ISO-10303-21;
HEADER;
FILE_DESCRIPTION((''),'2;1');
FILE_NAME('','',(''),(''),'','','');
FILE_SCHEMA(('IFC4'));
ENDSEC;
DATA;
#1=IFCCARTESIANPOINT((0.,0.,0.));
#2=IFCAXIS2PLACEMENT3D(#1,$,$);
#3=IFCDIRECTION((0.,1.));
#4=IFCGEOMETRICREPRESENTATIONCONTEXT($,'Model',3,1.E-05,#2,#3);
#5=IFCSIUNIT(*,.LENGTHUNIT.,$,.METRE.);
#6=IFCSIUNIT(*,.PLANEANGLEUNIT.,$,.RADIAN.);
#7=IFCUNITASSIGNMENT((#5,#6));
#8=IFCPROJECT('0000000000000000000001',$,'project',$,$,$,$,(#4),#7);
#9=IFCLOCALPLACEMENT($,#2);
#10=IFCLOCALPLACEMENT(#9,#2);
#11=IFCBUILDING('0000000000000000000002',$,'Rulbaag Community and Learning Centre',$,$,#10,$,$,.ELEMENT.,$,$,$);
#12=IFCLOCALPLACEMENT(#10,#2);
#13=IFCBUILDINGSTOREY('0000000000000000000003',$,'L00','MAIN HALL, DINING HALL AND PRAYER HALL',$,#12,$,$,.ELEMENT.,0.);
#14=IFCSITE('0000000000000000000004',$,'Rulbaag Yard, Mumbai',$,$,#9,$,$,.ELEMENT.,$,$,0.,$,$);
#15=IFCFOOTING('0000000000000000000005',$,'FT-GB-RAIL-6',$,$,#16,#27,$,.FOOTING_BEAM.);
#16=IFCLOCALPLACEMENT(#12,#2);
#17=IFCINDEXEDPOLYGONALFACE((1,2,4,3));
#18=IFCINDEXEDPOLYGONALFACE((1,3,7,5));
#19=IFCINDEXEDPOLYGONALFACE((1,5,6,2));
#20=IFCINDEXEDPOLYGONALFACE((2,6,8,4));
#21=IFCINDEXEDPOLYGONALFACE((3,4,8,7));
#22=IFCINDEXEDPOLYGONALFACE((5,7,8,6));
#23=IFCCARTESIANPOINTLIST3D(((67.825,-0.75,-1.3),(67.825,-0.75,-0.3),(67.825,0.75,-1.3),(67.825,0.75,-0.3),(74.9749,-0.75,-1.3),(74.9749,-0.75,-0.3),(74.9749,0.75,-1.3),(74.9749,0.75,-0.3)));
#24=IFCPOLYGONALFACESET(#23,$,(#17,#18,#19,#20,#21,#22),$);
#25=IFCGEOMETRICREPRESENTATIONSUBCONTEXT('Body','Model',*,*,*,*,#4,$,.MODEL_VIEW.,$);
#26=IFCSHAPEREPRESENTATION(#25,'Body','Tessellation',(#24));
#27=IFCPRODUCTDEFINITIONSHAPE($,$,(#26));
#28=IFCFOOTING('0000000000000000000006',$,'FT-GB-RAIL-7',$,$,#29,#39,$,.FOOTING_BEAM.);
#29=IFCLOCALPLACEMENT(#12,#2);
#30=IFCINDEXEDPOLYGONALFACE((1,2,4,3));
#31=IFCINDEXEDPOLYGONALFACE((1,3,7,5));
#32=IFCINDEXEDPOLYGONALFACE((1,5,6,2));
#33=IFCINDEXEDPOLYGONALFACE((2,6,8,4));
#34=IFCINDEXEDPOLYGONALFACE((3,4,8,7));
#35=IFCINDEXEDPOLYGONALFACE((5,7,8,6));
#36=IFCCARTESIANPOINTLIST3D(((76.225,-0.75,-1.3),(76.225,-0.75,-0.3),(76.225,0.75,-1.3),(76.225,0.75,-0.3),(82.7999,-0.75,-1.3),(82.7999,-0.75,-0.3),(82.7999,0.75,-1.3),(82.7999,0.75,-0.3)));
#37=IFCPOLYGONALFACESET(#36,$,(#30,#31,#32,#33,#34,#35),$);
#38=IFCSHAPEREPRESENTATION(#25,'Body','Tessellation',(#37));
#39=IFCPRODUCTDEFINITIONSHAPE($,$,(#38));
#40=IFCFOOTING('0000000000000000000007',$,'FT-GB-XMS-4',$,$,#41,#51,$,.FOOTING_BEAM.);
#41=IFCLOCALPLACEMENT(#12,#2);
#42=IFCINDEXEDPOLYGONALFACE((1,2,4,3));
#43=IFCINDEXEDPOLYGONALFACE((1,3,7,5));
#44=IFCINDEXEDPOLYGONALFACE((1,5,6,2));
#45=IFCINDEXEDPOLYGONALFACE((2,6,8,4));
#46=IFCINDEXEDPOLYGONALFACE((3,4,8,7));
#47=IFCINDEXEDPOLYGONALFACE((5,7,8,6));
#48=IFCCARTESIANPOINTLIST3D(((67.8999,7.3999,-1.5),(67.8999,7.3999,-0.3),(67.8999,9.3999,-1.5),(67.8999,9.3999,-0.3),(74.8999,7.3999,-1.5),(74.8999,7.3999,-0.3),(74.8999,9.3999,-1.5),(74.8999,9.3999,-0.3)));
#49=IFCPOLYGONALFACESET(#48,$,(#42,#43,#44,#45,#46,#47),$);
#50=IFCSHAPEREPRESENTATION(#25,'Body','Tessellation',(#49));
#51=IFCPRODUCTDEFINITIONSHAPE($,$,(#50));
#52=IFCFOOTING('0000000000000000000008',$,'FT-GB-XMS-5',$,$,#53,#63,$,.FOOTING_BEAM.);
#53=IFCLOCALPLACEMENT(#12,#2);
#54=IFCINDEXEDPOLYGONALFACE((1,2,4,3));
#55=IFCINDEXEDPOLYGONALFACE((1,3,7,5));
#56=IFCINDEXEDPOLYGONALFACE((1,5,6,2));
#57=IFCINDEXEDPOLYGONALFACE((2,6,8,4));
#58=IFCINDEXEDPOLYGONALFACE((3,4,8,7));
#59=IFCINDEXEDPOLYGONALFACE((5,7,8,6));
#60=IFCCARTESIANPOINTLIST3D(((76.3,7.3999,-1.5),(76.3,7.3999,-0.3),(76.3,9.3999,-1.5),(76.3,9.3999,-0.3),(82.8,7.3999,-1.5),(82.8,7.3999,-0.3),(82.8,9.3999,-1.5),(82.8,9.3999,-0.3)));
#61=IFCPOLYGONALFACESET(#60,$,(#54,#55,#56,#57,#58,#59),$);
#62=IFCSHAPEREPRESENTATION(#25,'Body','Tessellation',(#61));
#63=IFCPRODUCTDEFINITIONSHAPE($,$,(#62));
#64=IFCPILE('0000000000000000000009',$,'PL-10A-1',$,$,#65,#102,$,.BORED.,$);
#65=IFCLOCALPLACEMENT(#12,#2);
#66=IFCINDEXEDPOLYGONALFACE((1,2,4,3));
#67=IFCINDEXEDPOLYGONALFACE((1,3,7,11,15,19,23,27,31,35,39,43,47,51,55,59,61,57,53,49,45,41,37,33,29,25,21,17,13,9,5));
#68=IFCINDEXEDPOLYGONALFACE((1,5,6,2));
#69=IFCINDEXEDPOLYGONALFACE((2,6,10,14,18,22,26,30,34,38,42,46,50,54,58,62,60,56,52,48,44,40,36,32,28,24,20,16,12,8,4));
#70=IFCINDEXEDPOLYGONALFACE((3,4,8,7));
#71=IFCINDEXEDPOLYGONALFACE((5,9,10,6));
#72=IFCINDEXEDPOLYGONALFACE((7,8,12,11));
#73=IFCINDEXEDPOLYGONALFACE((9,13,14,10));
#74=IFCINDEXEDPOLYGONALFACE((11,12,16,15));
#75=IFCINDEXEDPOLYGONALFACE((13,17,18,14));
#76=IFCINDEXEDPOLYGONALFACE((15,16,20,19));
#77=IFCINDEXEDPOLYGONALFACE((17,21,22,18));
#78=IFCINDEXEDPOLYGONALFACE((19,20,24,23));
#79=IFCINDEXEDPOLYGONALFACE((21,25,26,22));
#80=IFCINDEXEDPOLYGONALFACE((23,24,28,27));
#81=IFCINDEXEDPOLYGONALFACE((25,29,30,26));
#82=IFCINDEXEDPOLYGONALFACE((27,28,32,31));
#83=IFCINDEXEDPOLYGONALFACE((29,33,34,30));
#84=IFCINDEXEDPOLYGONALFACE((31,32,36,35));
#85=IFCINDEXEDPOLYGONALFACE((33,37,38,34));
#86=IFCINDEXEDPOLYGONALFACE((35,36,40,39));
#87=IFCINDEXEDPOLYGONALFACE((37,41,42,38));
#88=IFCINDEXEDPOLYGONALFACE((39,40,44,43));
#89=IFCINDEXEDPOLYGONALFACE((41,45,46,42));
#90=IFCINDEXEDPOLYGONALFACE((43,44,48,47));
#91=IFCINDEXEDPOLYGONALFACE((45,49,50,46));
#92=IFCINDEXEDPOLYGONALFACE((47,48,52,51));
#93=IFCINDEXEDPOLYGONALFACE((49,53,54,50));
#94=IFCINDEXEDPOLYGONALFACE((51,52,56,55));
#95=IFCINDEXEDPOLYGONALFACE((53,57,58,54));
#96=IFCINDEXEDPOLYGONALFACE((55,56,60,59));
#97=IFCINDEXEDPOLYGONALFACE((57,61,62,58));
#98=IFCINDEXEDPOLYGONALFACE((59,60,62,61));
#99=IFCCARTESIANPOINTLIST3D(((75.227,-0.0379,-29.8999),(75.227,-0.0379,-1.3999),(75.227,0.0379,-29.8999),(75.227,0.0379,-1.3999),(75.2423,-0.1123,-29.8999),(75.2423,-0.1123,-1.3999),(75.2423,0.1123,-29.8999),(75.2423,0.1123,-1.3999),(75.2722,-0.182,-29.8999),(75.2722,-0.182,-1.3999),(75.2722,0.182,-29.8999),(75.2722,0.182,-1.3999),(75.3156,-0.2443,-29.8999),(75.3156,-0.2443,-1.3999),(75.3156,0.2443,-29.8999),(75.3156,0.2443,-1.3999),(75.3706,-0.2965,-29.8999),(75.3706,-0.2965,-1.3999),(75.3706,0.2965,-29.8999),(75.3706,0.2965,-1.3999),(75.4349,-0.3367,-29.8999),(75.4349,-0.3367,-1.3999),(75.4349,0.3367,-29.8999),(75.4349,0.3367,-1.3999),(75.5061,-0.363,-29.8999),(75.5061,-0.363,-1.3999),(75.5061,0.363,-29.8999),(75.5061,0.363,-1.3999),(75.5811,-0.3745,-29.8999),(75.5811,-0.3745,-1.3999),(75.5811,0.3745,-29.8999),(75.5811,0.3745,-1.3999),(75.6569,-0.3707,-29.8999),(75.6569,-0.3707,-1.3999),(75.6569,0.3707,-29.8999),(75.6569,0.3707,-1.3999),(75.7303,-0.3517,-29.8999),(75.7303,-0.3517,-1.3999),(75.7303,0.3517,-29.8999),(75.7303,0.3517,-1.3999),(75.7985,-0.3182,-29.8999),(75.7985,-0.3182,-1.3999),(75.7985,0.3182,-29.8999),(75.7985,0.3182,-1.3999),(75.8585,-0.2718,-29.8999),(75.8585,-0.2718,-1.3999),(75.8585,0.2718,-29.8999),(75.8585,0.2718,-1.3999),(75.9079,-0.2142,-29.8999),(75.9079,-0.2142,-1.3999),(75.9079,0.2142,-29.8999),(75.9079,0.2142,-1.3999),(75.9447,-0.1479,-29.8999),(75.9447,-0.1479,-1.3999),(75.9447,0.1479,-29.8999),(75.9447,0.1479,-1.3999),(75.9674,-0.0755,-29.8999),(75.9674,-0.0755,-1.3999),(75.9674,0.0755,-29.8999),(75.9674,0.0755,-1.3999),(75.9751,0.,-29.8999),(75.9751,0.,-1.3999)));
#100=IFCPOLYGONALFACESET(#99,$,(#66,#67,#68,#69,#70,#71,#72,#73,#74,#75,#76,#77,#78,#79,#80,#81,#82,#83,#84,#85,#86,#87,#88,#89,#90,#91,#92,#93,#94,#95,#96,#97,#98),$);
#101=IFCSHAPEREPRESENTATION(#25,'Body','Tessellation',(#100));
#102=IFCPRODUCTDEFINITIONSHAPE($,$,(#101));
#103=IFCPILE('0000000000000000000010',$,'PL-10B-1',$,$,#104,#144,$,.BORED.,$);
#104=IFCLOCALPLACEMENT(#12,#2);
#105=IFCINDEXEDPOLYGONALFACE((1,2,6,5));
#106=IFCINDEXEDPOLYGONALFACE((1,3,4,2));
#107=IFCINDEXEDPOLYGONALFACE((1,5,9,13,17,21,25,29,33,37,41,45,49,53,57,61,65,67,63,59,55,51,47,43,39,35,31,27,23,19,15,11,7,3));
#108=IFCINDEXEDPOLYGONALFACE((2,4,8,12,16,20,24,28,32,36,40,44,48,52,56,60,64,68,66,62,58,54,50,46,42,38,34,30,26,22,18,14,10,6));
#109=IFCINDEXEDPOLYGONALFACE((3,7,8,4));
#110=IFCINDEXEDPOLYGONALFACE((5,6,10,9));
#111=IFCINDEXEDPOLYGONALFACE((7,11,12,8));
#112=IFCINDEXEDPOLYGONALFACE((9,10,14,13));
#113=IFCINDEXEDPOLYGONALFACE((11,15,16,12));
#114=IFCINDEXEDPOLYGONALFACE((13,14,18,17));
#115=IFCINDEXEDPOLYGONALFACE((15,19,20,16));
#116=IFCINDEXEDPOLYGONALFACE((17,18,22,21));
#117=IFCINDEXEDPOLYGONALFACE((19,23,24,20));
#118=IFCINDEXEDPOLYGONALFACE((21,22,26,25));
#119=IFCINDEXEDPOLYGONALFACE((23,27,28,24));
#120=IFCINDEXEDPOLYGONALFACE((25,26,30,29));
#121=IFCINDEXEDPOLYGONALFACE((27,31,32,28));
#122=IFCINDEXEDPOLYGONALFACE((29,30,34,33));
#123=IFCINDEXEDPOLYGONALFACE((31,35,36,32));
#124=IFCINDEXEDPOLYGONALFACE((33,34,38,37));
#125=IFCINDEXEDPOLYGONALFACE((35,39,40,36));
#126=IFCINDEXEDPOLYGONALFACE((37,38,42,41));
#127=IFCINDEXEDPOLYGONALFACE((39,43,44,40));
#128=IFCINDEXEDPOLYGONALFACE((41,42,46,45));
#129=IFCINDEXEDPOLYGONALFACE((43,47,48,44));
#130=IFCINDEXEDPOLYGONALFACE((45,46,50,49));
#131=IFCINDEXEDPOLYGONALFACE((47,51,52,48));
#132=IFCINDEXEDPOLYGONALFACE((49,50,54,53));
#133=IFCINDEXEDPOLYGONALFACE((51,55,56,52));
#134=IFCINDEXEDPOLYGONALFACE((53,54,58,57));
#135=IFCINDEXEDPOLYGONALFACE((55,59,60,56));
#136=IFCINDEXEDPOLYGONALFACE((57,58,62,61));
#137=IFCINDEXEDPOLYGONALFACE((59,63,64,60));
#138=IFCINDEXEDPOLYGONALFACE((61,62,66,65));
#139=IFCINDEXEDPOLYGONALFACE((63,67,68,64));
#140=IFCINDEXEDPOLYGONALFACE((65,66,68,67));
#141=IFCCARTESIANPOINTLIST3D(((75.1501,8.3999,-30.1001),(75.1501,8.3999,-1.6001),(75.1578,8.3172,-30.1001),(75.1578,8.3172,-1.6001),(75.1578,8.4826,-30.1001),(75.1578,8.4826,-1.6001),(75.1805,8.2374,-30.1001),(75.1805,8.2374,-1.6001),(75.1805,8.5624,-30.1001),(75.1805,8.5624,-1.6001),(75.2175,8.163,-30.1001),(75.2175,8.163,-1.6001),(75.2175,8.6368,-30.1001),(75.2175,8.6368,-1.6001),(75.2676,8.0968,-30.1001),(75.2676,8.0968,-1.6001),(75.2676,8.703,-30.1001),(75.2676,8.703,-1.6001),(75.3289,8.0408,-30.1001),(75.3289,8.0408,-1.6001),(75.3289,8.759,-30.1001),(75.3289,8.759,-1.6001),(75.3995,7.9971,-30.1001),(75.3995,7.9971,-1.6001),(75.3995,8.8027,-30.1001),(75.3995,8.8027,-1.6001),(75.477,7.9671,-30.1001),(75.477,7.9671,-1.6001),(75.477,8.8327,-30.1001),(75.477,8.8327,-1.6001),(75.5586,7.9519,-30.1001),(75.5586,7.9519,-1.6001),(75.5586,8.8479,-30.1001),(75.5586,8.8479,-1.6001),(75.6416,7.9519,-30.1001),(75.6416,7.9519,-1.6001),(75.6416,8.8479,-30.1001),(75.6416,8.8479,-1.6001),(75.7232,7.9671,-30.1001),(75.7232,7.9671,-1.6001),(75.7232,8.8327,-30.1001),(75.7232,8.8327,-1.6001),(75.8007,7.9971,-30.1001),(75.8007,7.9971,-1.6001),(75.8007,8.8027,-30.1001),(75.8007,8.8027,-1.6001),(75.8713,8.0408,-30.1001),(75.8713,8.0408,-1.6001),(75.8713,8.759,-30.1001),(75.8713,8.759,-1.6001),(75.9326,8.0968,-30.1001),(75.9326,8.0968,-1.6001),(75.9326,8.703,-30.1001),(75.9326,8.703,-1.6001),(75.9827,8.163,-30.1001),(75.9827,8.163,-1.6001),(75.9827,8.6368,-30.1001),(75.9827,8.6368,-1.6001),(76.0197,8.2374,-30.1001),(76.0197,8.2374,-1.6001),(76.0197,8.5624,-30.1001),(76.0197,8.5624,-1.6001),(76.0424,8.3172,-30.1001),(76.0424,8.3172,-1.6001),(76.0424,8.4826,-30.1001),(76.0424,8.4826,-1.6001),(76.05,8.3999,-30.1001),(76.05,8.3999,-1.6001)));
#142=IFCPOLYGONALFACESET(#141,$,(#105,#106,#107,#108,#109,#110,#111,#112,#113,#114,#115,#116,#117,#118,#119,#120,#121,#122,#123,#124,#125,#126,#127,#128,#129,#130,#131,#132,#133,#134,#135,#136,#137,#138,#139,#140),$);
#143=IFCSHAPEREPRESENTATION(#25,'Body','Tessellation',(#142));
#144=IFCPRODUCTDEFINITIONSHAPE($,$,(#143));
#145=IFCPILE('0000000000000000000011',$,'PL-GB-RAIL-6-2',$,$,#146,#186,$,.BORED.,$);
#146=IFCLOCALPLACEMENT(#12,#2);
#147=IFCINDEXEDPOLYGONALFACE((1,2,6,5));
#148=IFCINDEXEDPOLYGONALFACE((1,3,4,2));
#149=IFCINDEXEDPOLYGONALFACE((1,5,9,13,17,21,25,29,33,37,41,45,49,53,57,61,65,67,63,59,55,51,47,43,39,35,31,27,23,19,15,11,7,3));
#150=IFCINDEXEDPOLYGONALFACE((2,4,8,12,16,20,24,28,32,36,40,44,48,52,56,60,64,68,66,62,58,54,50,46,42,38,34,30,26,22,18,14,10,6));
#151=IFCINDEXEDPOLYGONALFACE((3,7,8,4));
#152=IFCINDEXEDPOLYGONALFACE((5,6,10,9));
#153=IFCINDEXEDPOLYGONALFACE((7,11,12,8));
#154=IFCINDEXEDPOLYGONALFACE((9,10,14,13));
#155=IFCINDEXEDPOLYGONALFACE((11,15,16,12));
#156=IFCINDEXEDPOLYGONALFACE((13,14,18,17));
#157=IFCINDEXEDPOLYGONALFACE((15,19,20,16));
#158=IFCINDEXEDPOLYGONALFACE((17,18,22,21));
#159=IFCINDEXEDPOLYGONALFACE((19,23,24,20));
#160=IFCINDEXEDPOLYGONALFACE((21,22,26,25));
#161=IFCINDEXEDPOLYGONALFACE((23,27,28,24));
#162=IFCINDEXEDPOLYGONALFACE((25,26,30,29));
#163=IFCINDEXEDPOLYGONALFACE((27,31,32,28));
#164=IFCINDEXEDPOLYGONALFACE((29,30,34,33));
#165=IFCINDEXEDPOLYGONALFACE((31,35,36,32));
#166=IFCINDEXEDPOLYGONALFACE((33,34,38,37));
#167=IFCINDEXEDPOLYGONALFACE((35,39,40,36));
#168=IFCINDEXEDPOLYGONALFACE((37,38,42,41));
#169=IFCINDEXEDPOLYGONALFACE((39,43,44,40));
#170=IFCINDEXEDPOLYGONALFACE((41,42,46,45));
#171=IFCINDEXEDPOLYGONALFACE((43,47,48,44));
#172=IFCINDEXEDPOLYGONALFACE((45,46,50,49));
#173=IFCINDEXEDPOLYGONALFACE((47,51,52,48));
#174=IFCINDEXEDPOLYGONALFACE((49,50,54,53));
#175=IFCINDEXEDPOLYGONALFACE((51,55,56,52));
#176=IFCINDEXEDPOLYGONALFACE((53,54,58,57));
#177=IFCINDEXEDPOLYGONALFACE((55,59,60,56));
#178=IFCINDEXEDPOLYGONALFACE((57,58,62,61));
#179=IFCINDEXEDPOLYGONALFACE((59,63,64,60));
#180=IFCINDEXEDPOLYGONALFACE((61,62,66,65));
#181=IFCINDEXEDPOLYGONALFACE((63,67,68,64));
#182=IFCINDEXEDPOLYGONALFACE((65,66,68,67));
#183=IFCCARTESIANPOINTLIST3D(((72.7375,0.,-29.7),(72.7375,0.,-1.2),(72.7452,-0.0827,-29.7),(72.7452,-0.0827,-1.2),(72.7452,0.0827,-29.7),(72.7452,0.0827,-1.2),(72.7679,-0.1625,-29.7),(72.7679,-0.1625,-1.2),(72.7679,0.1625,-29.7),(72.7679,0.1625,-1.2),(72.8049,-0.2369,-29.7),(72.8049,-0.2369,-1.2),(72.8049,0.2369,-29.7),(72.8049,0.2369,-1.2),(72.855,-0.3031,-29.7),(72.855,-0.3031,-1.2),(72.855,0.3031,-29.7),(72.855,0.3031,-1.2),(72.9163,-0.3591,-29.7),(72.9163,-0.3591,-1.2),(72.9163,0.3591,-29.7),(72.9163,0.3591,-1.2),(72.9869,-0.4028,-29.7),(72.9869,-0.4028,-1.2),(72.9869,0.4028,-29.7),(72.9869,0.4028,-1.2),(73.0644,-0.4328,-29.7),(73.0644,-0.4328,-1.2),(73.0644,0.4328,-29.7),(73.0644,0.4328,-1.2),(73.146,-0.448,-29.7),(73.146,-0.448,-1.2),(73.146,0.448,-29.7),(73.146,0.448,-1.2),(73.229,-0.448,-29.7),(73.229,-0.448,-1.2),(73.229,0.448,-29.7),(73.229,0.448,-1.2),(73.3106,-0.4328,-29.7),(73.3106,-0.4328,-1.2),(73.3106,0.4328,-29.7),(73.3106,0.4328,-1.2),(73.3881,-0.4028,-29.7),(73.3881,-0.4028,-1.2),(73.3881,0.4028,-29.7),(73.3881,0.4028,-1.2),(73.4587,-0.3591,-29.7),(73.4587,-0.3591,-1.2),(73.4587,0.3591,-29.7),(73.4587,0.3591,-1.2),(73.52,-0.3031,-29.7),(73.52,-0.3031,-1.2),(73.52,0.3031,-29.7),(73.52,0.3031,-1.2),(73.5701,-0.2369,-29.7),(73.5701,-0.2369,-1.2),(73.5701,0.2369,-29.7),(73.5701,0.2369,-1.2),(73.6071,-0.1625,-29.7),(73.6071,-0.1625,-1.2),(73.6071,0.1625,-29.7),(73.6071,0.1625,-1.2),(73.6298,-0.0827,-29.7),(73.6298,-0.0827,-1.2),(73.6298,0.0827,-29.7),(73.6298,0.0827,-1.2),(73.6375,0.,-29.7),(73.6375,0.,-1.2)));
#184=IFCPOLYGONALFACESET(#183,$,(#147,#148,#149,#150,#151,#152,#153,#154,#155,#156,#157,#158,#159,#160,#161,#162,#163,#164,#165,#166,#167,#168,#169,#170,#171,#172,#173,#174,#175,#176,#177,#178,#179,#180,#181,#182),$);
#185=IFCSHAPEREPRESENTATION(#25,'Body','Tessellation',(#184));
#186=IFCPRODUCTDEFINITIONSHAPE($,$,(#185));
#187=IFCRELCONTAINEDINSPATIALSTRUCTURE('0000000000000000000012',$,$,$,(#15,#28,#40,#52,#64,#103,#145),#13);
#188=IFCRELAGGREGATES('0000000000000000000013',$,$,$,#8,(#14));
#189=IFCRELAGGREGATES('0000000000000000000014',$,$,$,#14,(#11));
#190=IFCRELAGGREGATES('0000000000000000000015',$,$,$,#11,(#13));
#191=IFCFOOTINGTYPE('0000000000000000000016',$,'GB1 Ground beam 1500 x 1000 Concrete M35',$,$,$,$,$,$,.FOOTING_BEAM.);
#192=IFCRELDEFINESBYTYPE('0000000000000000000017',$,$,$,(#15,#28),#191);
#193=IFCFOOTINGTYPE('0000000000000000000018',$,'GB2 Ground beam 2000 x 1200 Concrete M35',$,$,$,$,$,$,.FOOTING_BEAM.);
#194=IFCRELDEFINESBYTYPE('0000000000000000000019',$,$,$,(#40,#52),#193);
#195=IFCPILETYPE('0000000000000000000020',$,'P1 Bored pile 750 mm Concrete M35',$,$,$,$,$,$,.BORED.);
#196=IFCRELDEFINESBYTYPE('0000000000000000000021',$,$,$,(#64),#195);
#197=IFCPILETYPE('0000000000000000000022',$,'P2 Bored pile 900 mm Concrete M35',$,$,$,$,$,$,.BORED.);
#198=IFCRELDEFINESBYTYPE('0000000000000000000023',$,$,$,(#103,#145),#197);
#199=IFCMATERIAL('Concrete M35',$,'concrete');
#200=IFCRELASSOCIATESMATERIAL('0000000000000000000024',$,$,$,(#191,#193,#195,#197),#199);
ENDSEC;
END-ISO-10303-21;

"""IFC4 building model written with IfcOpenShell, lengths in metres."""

from ifc_helpers import new_model, si_unit, direction, frame, origin, origin_2d, place, context, subcontext, project, spatial, rectangle, circle, extrude, material, material_profile, profile_set, type_object, element, save


model = new_model("IFC4")

# Units and contexts
model_context = context("Model", 3, precision=1e-05, world=origin(), true_north=direction((0.0, 1.0)))
body_context = subcontext(model_context, "Body", "Model", "MODEL_VIEW")
ifc_project = project(units=[si_unit("LENGTHUNIT", "METRE"), si_unit("PLANEANGLEUNIT", "RADIAN")], contexts=[model_context])

# Site, building, storey
site_placement = place(None, origin())
site = spatial("IfcSite", under=ifc_project, at=site_placement, Name="Rulbaag Yard, Mumbai", CompositionType="ELEMENT", RefElevation=0.0)
building_placement = place(site_placement, origin())
building = spatial("IfcBuilding", under=site, at=building_placement, Name="Rulbaag Community and Learning Centre", CompositionType="ELEMENT")
storey_placement = place(building_placement, origin())
storey = spatial("IfcBuildingStorey", under=building, at=storey_placement, Name="L00", Description="MAIN HALL, DINING HALL AND PRAYER HALL", CompositionType="ELEMENT", Elevation=0.0)

# Footings
ifc_material_1 = material(Name="Concrete M35", Category="concrete")
footing_type_1 = type_object("IfcFootingType", Name="GB1 Ground beam 1500 x 1000 Concrete M35", PredefinedType="FOOTING_BEAM", material=ifc_material_1)
footing_1_placement = place(storey_placement, frame((71.3999, 0.0, -1.3), z_axis=(0.0, 0.0, 1.0), x_axis=(1.0, 0.0, 0.0)))
element("IfcFooting", 1, at=footing_1_placement, inside=storey, type_object=footing_type_1, Name="FT-GB-RAIL-6", PredefinedType="FOOTING_BEAM", context=body_context, shape_type="SweptSolid", body=[
    extrude(rectangle(XDim=7.1499, YDim=1.5, at=origin_2d()), origin(), (0.0, 0.0, 1.0), 1.0),
])
footing_2_placement = place(storey_placement, frame((79.5125, 0.0, -1.3), z_axis=(0.0, 0.0, 1.0), x_axis=(1.0, 0.0, 0.0)))
element("IfcFooting", 2, at=footing_2_placement, inside=storey, type_object=footing_type_1, Name="FT-GB-RAIL-7", PredefinedType="FOOTING_BEAM", context=body_context, shape_type="SweptSolid", body=[
    extrude(rectangle(XDim=6.575, YDim=1.5, at=origin_2d()), origin(), (0.0, 0.0, 1.0), 1.0),
])
footing_type_2 = type_object("IfcFootingType", Name="GB2 Ground beam 2000 x 1200 Concrete M35", PredefinedType="FOOTING_BEAM", material=ifc_material_1)
footing_3_placement = place(storey_placement, frame((71.3999, 8.3999, -1.5), z_axis=(0.0, 0.0, 1.0), x_axis=(1.0, 0.0, 0.0)))
element("IfcFooting", 3, at=footing_3_placement, inside=storey, type_object=footing_type_2, Name="FT-GB-XMS-4", PredefinedType="FOOTING_BEAM", context=body_context, shape_type="SweptSolid", body=[
    extrude(rectangle(XDim=7.0, YDim=2.0, at=origin_2d()), origin(), (0.0, 0.0, 1.0), 1.2),
])
footing_4_placement = place(storey_placement, frame((79.55, 8.3999, -1.5), z_axis=(0.0, 0.0, 1.0), x_axis=(1.0, 0.0, 0.0)))
element("IfcFooting", 4, at=footing_4_placement, inside=storey, type_object=footing_type_2, Name="FT-GB-XMS-5", PredefinedType="FOOTING_BEAM", context=body_context, shape_type="SweptSolid", body=[
    extrude(rectangle(XDim=6.5, YDim=2.0, at=origin_2d()), origin(), (0.0, 0.0, 1.0), 1.2),
])

# Piles
ifc_material_profile_1 = material_profile(ifc_material_1, circle(Radius=0.375, at=origin_2d()), Name="BP750")
ifc_profile_set_1 = profile_set([ifc_material_profile_1], Name="Concrete M35")
pile_type_1 = type_object("IfcPileType", Name="P1 Bored pile 750 mm Concrete M35", PredefinedType="BORED", material=ifc_profile_set_1)
pile_1_placement = place(storey_placement, frame((75.6001, 0.0, -1.3999), z_axis=(0.0, 0.0, -1.0), x_axis=(1.0, 0.0, 0.0)))
element("IfcPile", 5, at=pile_1_placement, inside=storey, type_object=pile_type_1, Name="PL-10A-1", PredefinedType="BORED", context=body_context, shape_type="SweptSolid", body=[
    extrude(circle(Radius=0.375, at=origin_2d()), origin(), (0.0, 0.0, 1.0), 28.5),
])
ifc_material_profile_2 = material_profile(ifc_material_1, circle(Radius=0.45, at=origin_2d()), Name="BP900")
ifc_profile_set_2 = profile_set([ifc_material_profile_2], Name="Concrete M35")
pile_type_2 = type_object("IfcPileType", Name="P2 Bored pile 900 mm Concrete M35", PredefinedType="BORED", material=ifc_profile_set_2)
for number, where, z_axis, x_axis, name in (
    (6, (75.6001, 8.3999, -1.6001), (0.0, 0.0, -1.0), (1.0, 0.0, 0.0), "PL-10B-1"),
    (7, (73.1875, 0.0, -1.2), (0.0, 0.0, -1.0), (1.0, 0.0, 0.0), "PL-GB-RAIL-6-2"),
):
    element("IfcPile", number, at=place(storey_placement, frame(where, z_axis=z_axis, x_axis=x_axis)), inside=storey, type_object=pile_type_2, Name=name, PredefinedType="BORED", context=body_context, shape_type="SweptSolid", body=[
        extrude(circle(Radius=0.45, at=origin_2d()), origin(), (0.0, 0.0, 1.0), 28.5),
    ])

save(model, "model.ifc")
